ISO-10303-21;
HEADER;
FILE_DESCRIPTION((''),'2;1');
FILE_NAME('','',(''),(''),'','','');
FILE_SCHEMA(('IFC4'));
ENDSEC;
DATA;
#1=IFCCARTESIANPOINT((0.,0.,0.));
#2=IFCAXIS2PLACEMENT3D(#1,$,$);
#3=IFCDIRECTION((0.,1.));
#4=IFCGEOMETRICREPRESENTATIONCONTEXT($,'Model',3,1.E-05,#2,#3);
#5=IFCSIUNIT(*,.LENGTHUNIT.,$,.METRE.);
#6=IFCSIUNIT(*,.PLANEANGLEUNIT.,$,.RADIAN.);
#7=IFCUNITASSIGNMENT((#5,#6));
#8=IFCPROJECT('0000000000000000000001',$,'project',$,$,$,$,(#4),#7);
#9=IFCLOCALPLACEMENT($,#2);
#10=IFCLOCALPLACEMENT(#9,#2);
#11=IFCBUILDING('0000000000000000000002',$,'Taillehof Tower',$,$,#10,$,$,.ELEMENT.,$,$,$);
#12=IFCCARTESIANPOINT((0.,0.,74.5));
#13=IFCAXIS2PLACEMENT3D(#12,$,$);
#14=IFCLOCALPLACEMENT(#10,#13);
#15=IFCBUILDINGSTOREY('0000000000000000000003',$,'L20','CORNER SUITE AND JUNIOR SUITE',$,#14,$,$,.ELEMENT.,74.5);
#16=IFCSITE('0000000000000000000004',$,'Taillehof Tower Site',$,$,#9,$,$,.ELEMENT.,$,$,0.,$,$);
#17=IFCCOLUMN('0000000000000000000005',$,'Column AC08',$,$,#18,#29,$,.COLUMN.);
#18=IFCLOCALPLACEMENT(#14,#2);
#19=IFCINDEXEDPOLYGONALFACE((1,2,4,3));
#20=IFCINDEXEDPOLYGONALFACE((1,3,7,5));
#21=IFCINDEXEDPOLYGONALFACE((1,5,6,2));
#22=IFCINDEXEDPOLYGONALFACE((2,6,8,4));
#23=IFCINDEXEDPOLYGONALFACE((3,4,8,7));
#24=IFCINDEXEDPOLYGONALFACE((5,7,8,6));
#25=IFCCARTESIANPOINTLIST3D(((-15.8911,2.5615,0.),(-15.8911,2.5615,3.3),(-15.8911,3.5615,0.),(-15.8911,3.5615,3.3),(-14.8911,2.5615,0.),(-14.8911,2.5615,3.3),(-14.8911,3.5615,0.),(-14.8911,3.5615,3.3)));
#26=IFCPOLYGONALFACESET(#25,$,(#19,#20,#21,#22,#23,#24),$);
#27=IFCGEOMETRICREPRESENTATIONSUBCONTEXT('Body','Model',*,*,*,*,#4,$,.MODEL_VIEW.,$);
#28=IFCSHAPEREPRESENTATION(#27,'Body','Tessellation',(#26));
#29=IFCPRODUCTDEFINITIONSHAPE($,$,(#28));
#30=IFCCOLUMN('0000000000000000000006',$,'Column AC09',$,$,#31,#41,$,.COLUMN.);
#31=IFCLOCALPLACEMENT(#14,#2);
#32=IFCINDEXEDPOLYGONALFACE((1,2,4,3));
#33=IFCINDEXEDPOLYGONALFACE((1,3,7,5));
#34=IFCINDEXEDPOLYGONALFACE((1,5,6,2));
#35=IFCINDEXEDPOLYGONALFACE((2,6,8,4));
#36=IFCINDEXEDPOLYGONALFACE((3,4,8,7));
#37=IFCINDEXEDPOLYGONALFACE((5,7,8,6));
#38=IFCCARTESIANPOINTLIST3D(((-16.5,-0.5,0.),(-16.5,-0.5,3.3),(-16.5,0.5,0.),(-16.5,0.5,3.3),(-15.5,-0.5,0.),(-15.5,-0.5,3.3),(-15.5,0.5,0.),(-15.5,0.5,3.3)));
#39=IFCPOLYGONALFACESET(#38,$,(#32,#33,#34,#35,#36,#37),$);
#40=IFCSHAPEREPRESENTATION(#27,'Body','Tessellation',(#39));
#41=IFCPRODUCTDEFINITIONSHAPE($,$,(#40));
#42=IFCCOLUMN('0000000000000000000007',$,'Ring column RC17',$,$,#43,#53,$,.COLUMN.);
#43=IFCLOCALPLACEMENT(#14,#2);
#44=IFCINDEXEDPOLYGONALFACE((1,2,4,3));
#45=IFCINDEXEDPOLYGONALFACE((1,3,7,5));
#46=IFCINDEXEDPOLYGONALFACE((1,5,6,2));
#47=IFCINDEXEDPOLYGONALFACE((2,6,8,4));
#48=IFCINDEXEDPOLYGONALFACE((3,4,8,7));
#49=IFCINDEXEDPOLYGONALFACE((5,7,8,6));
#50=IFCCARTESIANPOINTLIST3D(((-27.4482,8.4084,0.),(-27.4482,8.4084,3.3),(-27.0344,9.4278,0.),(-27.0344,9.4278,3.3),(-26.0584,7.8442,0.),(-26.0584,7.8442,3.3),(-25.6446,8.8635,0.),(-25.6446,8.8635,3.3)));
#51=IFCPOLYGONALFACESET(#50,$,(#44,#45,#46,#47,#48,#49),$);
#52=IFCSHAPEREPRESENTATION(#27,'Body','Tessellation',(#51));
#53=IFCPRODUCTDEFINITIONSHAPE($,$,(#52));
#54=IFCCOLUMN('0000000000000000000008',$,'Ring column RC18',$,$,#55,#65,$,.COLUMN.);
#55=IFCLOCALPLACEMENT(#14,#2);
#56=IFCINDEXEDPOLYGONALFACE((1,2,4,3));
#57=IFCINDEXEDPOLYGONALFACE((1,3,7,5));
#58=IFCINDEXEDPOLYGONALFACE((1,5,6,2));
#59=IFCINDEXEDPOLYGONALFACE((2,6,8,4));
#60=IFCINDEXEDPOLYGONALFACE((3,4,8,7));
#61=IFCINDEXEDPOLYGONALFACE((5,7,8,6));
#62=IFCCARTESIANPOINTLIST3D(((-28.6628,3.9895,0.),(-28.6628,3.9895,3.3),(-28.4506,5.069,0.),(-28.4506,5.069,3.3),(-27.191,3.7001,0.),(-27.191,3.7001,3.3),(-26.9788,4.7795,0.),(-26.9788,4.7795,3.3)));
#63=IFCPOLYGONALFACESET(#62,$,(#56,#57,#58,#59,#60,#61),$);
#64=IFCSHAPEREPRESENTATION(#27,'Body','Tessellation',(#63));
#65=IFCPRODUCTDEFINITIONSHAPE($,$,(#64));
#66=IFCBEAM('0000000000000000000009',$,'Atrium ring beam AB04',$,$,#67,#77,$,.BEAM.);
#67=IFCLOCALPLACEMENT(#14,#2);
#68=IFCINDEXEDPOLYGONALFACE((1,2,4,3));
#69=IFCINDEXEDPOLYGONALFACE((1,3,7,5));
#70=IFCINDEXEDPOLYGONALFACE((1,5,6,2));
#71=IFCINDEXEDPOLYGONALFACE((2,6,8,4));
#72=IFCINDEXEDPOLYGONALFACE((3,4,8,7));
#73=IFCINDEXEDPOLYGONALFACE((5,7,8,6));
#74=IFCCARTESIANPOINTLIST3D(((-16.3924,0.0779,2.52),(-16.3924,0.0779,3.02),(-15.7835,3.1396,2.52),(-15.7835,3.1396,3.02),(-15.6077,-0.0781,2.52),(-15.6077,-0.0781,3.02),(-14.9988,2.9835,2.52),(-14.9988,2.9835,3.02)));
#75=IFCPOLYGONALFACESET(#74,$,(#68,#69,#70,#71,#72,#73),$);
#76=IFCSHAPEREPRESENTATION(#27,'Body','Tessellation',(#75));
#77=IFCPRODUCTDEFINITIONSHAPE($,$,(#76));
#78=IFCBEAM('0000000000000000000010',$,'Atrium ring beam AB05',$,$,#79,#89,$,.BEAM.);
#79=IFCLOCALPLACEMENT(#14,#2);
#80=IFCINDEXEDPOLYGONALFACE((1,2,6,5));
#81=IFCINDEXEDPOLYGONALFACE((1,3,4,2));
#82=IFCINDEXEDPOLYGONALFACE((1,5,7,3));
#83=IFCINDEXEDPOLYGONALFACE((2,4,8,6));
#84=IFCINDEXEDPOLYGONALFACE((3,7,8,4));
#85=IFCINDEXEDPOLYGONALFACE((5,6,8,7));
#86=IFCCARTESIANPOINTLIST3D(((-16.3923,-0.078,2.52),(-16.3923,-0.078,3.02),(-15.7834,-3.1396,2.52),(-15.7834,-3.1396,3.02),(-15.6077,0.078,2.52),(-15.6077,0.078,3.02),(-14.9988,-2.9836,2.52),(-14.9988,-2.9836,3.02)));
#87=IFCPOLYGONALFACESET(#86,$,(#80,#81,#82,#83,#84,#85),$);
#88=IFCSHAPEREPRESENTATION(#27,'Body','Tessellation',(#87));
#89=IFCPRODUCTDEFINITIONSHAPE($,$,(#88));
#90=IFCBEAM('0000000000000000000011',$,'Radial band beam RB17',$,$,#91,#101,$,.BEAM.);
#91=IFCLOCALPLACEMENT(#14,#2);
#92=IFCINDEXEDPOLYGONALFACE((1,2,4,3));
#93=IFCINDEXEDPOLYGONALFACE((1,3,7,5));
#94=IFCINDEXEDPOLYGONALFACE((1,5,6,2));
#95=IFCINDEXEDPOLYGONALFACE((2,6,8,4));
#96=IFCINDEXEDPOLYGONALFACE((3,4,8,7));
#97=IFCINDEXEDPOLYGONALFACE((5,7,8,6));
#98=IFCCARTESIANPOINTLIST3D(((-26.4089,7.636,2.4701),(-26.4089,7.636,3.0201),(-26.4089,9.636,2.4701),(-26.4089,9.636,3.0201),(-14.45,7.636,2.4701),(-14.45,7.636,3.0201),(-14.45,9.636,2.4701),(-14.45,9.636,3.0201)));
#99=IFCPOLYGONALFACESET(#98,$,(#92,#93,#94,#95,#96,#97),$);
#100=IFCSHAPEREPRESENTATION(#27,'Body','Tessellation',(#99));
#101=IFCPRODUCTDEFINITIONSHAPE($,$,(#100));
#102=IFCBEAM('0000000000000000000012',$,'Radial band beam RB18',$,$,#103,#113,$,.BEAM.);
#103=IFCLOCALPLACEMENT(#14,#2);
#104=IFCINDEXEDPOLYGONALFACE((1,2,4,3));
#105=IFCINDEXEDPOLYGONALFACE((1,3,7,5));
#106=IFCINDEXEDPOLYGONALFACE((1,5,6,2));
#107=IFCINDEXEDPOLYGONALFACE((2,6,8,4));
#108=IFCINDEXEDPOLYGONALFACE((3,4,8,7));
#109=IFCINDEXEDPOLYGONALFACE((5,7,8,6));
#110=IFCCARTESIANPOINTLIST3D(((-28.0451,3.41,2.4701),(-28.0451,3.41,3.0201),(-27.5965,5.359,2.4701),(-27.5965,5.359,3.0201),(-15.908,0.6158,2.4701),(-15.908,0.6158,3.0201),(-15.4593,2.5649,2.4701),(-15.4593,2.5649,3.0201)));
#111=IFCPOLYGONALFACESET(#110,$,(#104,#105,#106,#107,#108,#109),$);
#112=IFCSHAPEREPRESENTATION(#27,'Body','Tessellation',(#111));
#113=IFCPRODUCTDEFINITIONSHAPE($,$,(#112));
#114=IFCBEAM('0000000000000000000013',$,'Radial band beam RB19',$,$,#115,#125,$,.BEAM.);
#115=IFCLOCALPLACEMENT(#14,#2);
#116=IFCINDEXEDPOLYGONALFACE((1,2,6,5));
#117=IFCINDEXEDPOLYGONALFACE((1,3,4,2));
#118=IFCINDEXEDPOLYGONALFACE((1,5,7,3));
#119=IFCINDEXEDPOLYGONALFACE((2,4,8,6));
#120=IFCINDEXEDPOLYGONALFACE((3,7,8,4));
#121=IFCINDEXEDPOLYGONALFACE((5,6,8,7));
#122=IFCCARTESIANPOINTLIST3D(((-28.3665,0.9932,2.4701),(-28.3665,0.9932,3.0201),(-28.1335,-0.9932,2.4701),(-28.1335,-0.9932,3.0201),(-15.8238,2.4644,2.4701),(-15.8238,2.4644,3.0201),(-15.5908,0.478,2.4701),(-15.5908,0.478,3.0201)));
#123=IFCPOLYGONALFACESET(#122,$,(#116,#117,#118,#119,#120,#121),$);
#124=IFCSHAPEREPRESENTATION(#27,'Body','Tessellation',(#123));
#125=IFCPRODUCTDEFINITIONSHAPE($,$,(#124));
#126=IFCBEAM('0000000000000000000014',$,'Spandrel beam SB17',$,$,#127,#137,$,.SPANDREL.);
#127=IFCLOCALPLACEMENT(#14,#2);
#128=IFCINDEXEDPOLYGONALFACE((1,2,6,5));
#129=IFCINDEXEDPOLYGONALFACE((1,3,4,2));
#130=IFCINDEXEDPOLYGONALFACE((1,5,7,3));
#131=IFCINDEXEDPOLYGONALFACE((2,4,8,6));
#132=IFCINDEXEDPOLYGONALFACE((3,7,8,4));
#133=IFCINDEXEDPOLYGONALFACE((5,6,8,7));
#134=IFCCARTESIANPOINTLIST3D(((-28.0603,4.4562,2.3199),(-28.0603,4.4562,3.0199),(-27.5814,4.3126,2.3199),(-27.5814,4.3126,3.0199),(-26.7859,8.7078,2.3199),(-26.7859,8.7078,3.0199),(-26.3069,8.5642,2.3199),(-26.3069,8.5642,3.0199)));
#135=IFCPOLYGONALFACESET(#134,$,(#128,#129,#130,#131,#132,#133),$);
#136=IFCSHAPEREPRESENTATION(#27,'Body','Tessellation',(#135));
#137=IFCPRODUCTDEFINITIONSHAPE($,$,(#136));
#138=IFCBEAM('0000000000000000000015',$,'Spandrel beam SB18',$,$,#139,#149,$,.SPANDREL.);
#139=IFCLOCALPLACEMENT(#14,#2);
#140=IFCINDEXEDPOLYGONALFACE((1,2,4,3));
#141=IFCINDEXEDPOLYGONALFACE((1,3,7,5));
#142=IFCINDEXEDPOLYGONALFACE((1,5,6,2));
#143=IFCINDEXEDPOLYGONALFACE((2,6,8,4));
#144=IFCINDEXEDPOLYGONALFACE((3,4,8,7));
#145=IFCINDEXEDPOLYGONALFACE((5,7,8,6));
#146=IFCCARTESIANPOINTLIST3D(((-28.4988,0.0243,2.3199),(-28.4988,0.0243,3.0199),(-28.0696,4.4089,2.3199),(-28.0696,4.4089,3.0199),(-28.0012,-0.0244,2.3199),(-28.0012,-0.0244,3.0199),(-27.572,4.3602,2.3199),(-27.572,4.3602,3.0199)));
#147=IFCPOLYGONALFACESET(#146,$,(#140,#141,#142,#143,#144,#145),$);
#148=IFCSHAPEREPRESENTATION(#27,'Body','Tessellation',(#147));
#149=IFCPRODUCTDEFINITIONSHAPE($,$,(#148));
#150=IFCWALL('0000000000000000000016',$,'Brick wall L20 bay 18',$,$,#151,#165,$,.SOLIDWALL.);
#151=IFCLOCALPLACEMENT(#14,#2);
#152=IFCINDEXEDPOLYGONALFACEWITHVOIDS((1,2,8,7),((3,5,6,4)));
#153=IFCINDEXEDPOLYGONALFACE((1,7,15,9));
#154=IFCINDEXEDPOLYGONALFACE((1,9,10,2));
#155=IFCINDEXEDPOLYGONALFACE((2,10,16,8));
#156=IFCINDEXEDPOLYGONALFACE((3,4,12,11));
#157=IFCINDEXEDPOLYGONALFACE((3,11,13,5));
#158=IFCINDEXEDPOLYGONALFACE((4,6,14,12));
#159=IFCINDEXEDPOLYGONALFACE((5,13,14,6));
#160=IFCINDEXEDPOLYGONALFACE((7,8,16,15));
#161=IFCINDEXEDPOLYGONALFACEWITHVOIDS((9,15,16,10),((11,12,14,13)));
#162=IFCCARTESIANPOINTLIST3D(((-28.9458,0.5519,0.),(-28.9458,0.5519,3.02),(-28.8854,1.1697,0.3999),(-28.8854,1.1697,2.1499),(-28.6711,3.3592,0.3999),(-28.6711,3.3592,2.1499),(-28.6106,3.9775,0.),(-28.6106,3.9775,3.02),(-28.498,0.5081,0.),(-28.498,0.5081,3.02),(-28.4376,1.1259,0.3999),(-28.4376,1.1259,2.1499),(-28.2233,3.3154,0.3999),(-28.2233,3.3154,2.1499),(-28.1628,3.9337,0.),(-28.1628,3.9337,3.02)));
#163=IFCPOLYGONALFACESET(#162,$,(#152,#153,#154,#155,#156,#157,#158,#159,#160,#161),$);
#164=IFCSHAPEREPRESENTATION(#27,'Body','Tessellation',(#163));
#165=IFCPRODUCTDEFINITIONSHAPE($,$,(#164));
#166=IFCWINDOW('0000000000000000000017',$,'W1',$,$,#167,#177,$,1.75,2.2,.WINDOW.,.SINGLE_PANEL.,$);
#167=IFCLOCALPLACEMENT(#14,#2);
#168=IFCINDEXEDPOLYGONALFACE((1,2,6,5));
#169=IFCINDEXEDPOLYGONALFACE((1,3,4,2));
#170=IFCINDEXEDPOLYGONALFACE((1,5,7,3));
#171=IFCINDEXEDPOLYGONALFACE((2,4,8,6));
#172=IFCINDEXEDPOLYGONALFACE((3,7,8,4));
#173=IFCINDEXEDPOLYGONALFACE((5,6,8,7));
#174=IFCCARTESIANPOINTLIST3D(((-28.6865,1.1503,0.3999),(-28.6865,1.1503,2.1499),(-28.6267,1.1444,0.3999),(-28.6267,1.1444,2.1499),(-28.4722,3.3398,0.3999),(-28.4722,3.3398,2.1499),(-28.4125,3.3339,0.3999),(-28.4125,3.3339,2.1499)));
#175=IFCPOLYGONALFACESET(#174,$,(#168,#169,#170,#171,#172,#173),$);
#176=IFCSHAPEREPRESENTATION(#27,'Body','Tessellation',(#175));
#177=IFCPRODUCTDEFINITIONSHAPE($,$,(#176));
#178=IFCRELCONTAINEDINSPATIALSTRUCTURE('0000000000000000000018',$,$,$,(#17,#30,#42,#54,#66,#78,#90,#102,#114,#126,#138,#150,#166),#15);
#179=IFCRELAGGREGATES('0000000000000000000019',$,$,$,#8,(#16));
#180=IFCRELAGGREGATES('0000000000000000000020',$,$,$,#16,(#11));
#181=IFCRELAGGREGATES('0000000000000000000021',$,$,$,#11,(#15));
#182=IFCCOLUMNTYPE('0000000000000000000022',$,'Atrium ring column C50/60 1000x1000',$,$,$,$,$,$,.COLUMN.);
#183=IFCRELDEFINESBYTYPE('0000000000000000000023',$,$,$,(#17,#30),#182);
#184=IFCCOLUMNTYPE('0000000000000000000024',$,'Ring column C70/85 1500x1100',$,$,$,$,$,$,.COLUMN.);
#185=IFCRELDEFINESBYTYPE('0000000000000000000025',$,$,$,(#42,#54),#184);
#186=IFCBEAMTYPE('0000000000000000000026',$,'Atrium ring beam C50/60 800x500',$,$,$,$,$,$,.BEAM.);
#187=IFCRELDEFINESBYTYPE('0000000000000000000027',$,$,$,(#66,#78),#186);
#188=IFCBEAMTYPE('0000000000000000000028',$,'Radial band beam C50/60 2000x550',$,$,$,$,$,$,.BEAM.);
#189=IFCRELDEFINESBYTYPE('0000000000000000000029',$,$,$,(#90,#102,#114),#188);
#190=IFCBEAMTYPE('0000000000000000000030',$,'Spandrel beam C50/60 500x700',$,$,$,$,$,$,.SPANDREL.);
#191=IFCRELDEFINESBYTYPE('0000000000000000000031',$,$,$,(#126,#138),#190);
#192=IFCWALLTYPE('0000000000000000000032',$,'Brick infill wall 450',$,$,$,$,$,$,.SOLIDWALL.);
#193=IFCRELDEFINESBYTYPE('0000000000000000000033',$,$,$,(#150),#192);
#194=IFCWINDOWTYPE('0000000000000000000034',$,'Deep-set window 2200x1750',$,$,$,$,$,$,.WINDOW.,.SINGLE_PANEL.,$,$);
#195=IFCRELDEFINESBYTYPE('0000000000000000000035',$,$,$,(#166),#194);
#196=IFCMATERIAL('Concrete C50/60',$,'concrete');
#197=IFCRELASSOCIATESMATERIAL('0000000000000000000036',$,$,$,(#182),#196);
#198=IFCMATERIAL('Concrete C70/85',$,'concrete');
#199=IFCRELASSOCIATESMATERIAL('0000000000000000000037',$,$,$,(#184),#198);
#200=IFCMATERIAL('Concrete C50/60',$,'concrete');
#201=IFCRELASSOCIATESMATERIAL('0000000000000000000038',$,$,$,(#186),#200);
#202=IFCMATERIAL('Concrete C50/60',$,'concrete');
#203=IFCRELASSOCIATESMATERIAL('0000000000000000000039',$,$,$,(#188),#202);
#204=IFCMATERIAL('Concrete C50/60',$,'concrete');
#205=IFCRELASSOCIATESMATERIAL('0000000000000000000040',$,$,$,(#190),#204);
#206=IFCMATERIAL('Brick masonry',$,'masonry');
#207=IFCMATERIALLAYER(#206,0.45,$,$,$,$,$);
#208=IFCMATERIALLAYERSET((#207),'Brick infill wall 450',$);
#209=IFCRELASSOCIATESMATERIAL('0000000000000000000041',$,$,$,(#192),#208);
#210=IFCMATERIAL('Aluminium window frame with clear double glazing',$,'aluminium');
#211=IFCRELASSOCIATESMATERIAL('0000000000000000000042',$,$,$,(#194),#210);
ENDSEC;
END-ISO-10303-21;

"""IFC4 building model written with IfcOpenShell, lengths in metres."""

from ifc_helpers import new_model, si_unit, direction, frame, frame_2d, origin, origin_2d, place, context, subcontext, project, spatial, rectangle, extrude, material, layer, layer_set, material_profile, profile_set, type_object, element, fill, save


model = new_model("IFC4")

# Units and contexts
model_context = context("Model", 3, precision=1e-05, world=origin(), true_north=direction((0.0, 1.0)))
body_context = subcontext(model_context, "Body", "Model", "MODEL_VIEW")
ifc_project = project(units=[si_unit("LENGTHUNIT", "METRE"), si_unit("PLANEANGLEUNIT", "RADIAN")], contexts=[model_context])

# Site, building, storey
site_placement = place(None, origin())
site = spatial("IfcSite", under=ifc_project, at=site_placement, Name="Taillehof Tower Site", CompositionType="ELEMENT", RefElevation=0.0)
building_placement = place(site_placement, origin())
building = spatial("IfcBuilding", under=site, at=building_placement, Name="Taillehof Tower", CompositionType="ELEMENT")
storey_placement = place(building_placement, frame((0.0, 0.0, 74.5)))
storey = spatial("IfcBuildingStorey", under=building, at=storey_placement, Name="L20", Description="CORNER SUITE AND JUNIOR SUITE", CompositionType="ELEMENT", Elevation=74.5)

# Columns
ifc_material_1 = material(Name="Concrete C50/60", Category="concrete")
ifc_material_profile_1 = material_profile(ifc_material_1, rectangle(XDim=1.0, YDim=1.0, at=origin_2d()), Name="RC 1000x1000")
ifc_profile_set_1 = profile_set([ifc_material_profile_1], Name="Concrete C50/60")
column_type_1 = type_object("IfcColumnType", Name="Atrium ring column C50/60 1000x1000", PredefinedType="COLUMN", material=ifc_profile_set_1)
for number, where, z_axis, x_axis, name in (
    (1, (-15.3911, 3.0615, 0.0), (0.0, 0.0, 1.0), (1.0, 0.0, 0.0), "Column AC08"),
    (2, (-16.0, 0.0, 0.0), (0.0, 0.0, 1.0), (1.0, 0.0, 0.0), "Column AC09"),
):
    element("IfcColumn", number, at=place(storey_placement, frame(where, z_axis=z_axis, x_axis=x_axis)), inside=storey, type_object=column_type_1, Name=name, PredefinedType="COLUMN", context=body_context, shape_type="SweptSolid", body=[
        extrude(rectangle(XDim=1.0, YDim=1.0, at=origin_2d()), origin(), (0.0, 0.0, 1.0), 3.3),
    ])
ifc_material_2 = material(Name="Concrete C70/85", Category="concrete")
ifc_material_profile_2 = material_profile(ifc_material_2, rectangle(XDim=1.5, YDim=1.1001, at=origin_2d()), Name="RC 1500x1100")
ifc_profile_set_2 = profile_set([ifc_material_profile_2], Name="Concrete C70/85")
column_type_2 = type_object("IfcColumnType", Name="Ring column C70/85 1500x1100", PredefinedType="COLUMN", material=ifc_profile_set_2)
for number, where, z_axis, x_axis, name in (
    (3, (-26.5464, 8.636, 0.0), (0.0, 0.0, 1.0), (-0.926558, 0.376152, 0.0), "Ring column RC17"),
    (4, (-27.8208, 4.3845, 0.0), (0.0, 0.0, 1.0), (-0.981204, 0.192976, 0.0), "Ring column RC18"),
):
    element("IfcColumn", number, at=place(storey_placement, frame(where, z_axis=z_axis, x_axis=x_axis)), inside=storey, type_object=column_type_2, Name=name, PredefinedType="COLUMN", context=body_context, shape_type="SweptSolid", body=[
        extrude(rectangle(XDim=1.5, YDim=1.1001, at=origin_2d()), origin(), (0.0, 0.0, 1.0), 3.3),
    ])

# Beams
ifc_material_3 = material(Name="Concrete C50/60", Category="concrete")
ifc_material_profile_3 = material_profile(ifc_material_3, rectangle(XDim=0.8, YDim=0.5, at=origin_2d()), Name="RC 800x500")
ifc_profile_set_3 = profile_set([ifc_material_profile_3], Name="Concrete C50/60")
beam_type_1 = type_object("IfcBeamType", Name="Atrium ring beam C50/60 800x500", PredefinedType="BEAM", material=ifc_profile_set_3)
for number, where, z_axis, x_axis, name in (
    (5, (-15.3911, 3.0615, 2.77), (-0.195063, -0.980791, 0.0), (0.980791, -0.195063, 0.0), "Atrium ring beam AB04"),
    (6, (-16.0, 0.0, 2.77), (0.195063, -0.980791, 0.0), (0.980791, 0.195063, 0.0), "Atrium ring beam AB05"),
):
    element("IfcBeam", number, at=place(storey_placement, frame(where, z_axis=z_axis, x_axis=x_axis)), inside=storey, type_object=beam_type_1, Name=name, PredefinedType="BEAM", context=body_context, shape_type="SweptSolid", body=[
        extrude(rectangle(XDim=0.8, YDim=0.5, at=origin_2d()), origin(), (0.0, 0.0, 1.0), 3.1216),
    ])
ifc_material_4 = material(Name="Concrete C50/60", Category="concrete")
ifc_material_profile_4 = material_profile(ifc_material_4, rectangle(XDim=2.0, YDim=0.55, at=origin_2d()), Name="RC 2000x550")
ifc_profile_set_4 = profile_set([ifc_material_profile_4], Name="Concrete C50/60")
beam_type_2 = type_object("IfcBeamType", Name="Radial band beam C50/60 2000x550", PredefinedType="BEAM", material=ifc_profile_set_4)
beam_1_placement = place(storey_placement, frame((-26.4089, 8.636, 2.7451), z_axis=(1.0, 0.0, 0.0), x_axis=(0.0, 1.0, 0.0)))
element("IfcBeam", 7, at=beam_1_placement, inside=storey, type_object=beam_type_2, Name="Radial band beam RB17", PredefinedType="BEAM", context=body_context, shape_type="SweptSolid", body=[
    extrude(rectangle(XDim=2.0, YDim=0.55, at=origin_2d()), origin(), (0.0, 0.0, 1.0), 11.959),
])
beam_2_placement = place(storey_placement, frame((-27.8208, 4.3845, 2.7451), z_axis=(0.974509, -0.224348, 0.0), x_axis=(0.224348, 0.974509, 0.0)))
element("IfcBeam", 8, at=beam_2_placement, inside=storey, type_object=beam_type_2, Name="Radial band beam RB18", PredefinedType="BEAM", context=body_context, shape_type="SweptSolid", body=[
    extrude(rectangle(XDim=2.0, YDim=0.55, at=origin_2d()), origin(), (0.0, 0.0, 1.0), 12.4546),
])
beam_3_placement = place(storey_placement, frame((-28.25, 0.0, 2.7451), z_axis=(0.993191, 0.116496, 0.0), x_axis=(-0.116496, 0.993191, 0.0)))
element("IfcBeam", 9, at=beam_3_placement, inside=storey, type_object=beam_type_2, Name="Radial band beam RB19", PredefinedType="BEAM", context=body_context, shape_type="SweptSolid", body=[
    extrude(rectangle(XDim=2.0, YDim=0.55, at=origin_2d()), origin(), (0.0, 0.0, 1.0), 12.6287),
])
ifc_material_5 = material(Name="Concrete C50/60", Category="concrete")
ifc_material_profile_5 = material_profile(ifc_material_5, rectangle(XDim=0.5, YDim=0.7, at=origin_2d()), Name="RC 500x700")
ifc_profile_set_5 = profile_set([ifc_material_profile_5], Name="Concrete C50/60")
beam_type_3 = type_object("IfcBeamType", Name="Spandrel beam C50/60 500x700", PredefinedType="SPANDREL", material=ifc_profile_set_5)
beam_4_placement = place(storey_placement, frame((-26.5464, 8.636, 2.6699), z_axis=(-0.287136, -0.95789, 0.0), x_axis=(0.95789, -0.287136, 0.0)))
element("IfcBeam", 10, at=beam_4_placement, inside=storey, type_object=beam_type_3, Name="Spandrel beam SB17", PredefinedType="SPANDREL", context=body_context, shape_type="SweptSolid", body=[
    extrude(rectangle(XDim=0.5, YDim=0.7, at=origin_2d()), origin(), (0.0, 0.0, 1.0), 4.4385),
])
beam_5_placement = place(storey_placement, frame((-27.8208, 4.3845, 2.6699), z_axis=(-0.097424, -0.995243, 0.0), x_axis=(0.995243, -0.097424, 0.0)))
element("IfcBeam", 11, at=beam_5_placement, inside=storey, type_object=beam_type_3, Name="Spandrel beam SB18", PredefinedType="SPANDREL", context=body_context, shape_type="SweptSolid", body=[
    extrude(rectangle(XDim=0.5, YDim=0.7, at=origin_2d()), origin(), (0.0, 0.0, 1.0), 4.4055),
])

# Wall, opening, window
ifc_material_6 = material(Name="Brick masonry", Category="masonry")
ifc_layer_1 = layer(ifc_material_6, 0.45)
ifc_layer_set_1 = layer_set([ifc_layer_1], Name="Brick infill wall 450")
wall_type_1 = type_object("IfcWallType", Name="Brick infill wall 450", PredefinedType="SOLIDWALL", material=ifc_layer_set_1)
wall_1_placement = place(storey_placement, frame((-28.3867, 3.9556, 0.0), z_axis=(0.0, 0.0, 1.0), x_axis=(-0.09739, -0.995246, 0.0)))
wall_1 = element("IfcWall", 12, at=wall_1_placement, inside=storey, type_object=wall_type_1, Name="Brick wall L20 bay 18", PredefinedType="SOLIDWALL", context=body_context, shape_type="SweptSolid", body=[
    extrude(rectangle(XDim=3.4419, YDim=0.45, at=frame_2d((1.7209, 0.0))), origin(), (0.0, 0.0, 1.0), 3.02),
])
opening_1_placement = place(wall_1_placement, frame((0.6211, 0.0, 0.3999)))
opening_1 = element("IfcOpeningElement", 13, at=opening_1_placement, cuts=wall_1, PredefinedType="OPENING", context=body_context, shape_type="SweptSolid", body=[
    extrude(rectangle(XDim=2.2, YDim=1.75, at=frame_2d((1.1001, 0.875))), frame((0.0, 0.2349, 0.0), z_axis=(0.0, -1.0, 0.0), x_axis=(1.0, 0.0, 0.0)), (0.0, 0.0, 1.0), 0.47),
])
ifc_material_7 = material(Name="Aluminium window frame with clear double glazing", Category="aluminium")
window_type_1 = type_object("IfcWindowType", Name="Deep-set window 2200x1750", PartitioningType="SINGLE_PANEL", PredefinedType="WINDOW", material=ifc_material_7)
window_1_placement = place(opening_1_placement, origin())
window_1 = element("IfcWindow", 14, at=window_1_placement, inside=storey, type_object=window_type_1, Name="W1", OverallHeight=1.75, OverallWidth=2.2, PartitioningType="SINGLE_PANEL", PredefinedType="WINDOW", context=body_context, shape_type="SweptSolid", body=[
    extrude(rectangle(XDim=2.2, YDim=1.75, at=frame_2d((1.1001, 0.875))), frame((0.0, 0.0349, 0.0), z_axis=(0.0, -1.0, 0.0), x_axis=(1.0, 0.0, 0.0)), (0.0, 0.0, 1.0), 0.0601),
])
fill(opening_1, window_1)

save(model, "model.ifc")
